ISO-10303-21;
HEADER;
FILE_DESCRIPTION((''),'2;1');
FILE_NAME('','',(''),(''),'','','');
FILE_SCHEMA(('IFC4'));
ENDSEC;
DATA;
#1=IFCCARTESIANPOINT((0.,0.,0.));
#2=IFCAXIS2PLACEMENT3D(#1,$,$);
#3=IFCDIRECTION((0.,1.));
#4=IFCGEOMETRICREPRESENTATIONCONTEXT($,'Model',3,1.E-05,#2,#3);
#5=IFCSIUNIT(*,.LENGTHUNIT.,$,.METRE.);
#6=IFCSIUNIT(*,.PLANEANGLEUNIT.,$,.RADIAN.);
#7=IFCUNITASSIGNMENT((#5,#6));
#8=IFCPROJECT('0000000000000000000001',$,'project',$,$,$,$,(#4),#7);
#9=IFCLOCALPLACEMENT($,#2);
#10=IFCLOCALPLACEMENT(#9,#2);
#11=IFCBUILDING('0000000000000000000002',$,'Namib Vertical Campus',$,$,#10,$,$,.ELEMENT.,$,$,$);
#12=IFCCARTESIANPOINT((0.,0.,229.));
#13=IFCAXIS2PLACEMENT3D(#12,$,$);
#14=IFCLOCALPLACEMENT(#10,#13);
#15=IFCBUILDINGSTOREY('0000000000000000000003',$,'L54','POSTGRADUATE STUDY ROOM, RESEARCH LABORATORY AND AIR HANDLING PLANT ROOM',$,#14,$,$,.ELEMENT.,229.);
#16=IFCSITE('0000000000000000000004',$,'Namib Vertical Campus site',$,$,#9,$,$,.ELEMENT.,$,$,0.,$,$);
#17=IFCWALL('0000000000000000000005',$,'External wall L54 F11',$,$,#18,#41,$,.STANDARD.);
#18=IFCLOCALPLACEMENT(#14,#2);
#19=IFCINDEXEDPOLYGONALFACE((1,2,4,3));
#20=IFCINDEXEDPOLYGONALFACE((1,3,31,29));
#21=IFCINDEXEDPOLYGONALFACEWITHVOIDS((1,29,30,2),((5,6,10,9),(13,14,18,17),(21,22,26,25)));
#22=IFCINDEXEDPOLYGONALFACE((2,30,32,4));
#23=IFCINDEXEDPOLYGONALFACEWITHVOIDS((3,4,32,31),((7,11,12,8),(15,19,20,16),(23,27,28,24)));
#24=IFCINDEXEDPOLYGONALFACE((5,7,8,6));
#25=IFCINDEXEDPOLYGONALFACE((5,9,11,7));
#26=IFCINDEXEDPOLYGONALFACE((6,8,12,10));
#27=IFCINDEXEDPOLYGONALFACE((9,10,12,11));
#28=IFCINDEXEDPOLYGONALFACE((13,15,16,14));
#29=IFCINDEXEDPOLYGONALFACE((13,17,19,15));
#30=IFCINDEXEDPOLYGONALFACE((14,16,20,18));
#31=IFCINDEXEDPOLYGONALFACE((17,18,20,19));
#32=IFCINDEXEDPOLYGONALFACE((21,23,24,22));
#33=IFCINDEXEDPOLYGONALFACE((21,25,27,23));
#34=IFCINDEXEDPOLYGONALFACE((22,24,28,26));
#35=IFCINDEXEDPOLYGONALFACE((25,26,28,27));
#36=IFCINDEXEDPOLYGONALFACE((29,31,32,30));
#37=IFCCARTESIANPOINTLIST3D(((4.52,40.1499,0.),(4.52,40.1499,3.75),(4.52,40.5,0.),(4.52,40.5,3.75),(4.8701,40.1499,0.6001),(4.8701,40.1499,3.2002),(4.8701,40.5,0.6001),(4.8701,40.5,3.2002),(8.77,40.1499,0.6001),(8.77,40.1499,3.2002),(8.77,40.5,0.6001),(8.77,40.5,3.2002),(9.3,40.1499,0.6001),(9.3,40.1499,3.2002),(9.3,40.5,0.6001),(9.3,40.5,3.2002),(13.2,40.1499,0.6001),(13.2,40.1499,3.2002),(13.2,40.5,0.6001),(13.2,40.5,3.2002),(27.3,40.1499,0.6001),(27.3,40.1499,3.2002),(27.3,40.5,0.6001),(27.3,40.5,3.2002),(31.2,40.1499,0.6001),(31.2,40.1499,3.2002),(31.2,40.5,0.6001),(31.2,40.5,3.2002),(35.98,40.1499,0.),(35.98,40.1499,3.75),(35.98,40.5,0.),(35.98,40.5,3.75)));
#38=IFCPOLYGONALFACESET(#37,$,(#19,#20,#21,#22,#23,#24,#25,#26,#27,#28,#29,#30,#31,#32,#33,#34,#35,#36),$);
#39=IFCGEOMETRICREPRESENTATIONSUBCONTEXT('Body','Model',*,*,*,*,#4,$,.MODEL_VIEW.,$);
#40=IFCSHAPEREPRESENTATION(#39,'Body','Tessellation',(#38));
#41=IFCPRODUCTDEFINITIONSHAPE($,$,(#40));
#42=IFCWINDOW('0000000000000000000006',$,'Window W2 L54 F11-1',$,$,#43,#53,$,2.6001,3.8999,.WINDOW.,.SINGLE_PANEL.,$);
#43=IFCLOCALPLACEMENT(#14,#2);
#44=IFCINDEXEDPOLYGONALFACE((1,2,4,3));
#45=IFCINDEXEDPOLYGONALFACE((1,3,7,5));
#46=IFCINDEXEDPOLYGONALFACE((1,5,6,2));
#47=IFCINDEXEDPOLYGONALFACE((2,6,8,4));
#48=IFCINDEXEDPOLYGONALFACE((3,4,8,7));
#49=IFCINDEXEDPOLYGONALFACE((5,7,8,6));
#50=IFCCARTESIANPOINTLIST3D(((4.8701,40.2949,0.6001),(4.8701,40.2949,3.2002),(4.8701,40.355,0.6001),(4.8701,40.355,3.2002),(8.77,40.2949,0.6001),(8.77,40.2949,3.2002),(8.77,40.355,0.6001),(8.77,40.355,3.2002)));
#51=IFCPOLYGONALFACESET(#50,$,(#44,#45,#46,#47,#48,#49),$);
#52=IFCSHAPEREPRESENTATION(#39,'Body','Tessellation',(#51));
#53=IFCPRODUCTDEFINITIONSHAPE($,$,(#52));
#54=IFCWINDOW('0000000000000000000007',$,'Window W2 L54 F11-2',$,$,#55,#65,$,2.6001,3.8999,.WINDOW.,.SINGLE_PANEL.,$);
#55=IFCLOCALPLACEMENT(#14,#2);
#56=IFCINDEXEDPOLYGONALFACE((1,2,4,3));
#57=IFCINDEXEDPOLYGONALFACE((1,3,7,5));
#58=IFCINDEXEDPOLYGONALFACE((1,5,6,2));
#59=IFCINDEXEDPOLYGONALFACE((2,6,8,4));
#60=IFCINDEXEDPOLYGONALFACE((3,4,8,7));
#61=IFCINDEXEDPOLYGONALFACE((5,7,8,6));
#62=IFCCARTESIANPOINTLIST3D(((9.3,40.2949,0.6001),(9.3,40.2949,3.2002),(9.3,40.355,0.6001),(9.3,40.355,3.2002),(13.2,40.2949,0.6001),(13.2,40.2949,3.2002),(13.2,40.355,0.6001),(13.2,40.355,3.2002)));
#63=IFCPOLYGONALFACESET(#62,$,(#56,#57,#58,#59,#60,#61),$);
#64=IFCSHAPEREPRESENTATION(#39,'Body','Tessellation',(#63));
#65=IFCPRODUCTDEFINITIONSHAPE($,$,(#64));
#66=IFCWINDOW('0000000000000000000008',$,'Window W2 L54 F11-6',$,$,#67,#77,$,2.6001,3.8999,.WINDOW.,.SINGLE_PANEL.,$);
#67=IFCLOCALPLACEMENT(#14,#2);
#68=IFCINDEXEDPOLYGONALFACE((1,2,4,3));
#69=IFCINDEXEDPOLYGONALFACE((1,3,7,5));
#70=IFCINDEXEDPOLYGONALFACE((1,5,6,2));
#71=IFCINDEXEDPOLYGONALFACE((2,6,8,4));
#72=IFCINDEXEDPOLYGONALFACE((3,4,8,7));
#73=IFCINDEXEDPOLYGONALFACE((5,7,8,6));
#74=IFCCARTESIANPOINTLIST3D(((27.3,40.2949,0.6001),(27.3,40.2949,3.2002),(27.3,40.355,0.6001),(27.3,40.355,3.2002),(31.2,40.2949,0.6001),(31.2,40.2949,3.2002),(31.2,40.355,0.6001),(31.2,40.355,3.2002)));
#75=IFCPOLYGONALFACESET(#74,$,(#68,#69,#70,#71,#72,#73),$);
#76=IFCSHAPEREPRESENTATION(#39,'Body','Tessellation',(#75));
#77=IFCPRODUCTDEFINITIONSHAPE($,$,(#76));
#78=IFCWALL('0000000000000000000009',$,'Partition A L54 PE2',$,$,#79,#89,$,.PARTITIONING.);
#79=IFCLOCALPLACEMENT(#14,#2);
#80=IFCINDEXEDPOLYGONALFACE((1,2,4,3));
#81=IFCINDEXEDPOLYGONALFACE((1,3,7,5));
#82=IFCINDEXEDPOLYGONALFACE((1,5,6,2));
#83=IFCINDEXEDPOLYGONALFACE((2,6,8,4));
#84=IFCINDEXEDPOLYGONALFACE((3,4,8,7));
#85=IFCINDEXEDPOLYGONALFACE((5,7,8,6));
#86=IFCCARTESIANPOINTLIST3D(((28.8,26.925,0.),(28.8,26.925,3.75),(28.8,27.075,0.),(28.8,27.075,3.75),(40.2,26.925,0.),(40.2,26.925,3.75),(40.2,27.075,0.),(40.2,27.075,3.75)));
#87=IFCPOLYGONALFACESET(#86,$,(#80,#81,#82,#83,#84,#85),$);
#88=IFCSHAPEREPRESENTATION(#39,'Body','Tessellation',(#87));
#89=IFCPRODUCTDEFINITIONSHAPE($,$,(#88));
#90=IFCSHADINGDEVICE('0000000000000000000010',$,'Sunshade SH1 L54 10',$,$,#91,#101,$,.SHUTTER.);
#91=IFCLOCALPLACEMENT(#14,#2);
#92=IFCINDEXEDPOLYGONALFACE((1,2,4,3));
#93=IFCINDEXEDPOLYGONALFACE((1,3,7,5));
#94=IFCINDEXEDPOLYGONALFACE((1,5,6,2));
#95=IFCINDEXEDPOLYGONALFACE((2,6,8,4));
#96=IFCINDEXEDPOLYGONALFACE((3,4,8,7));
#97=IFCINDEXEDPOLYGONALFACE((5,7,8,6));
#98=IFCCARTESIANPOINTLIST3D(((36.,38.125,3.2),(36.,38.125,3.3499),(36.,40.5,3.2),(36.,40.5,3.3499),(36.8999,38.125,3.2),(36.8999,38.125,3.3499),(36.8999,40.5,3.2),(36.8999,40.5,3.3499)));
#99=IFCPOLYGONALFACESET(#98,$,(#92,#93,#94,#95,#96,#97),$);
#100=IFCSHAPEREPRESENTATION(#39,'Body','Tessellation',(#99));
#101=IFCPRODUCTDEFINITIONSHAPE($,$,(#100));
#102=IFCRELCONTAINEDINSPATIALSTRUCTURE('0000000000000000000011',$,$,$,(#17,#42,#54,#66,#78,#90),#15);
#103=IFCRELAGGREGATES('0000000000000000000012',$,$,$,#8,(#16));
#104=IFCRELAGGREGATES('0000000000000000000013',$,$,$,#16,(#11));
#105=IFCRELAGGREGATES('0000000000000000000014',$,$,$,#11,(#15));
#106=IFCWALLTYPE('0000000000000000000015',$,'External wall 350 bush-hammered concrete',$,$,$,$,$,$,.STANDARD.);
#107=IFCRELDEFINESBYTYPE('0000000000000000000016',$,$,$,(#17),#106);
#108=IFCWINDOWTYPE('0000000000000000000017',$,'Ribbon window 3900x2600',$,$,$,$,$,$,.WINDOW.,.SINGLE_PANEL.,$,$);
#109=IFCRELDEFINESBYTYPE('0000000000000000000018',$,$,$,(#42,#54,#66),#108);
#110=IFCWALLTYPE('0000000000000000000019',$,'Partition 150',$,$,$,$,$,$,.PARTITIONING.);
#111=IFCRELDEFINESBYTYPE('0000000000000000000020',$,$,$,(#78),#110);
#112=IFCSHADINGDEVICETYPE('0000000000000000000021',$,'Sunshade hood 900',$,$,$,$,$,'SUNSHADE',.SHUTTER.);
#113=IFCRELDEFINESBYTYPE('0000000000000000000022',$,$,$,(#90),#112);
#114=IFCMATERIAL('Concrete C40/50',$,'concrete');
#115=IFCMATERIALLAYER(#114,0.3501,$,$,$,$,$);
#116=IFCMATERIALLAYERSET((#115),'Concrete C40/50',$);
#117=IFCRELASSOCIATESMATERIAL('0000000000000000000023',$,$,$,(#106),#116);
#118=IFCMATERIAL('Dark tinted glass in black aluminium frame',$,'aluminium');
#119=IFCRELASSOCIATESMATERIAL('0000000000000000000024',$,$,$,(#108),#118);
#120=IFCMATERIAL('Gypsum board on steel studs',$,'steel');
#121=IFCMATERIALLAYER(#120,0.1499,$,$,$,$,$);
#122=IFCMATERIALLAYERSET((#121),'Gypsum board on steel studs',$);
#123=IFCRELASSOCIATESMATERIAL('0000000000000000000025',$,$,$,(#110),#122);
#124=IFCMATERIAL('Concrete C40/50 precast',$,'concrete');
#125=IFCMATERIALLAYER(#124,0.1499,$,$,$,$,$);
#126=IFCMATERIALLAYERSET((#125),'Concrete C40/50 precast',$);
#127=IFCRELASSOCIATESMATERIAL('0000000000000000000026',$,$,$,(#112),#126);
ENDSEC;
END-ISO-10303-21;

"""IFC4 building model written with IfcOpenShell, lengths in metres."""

from ifc_helpers import new_model, si_unit, direction, frame, frame_2d, origin, origin_2d, place, context, subcontext, project, spatial, rectangle, extrude, material, layer, layer_set, type_object, element, fill, save


model = new_model("IFC4")

# Units and contexts
model_context = context("Model", 3, precision=1e-05, world=origin(), true_north=direction((0.0, 1.0)))
body_context = subcontext(model_context, "Body", "Model", "MODEL_VIEW")
ifc_project = project(units=[si_unit("LENGTHUNIT", "METRE"), si_unit("PLANEANGLEUNIT", "RADIAN")], contexts=[model_context])

# Site, building, storey
site_placement = place(None, origin())
site = spatial("IfcSite", under=ifc_project, at=site_placement, Name="Namib Vertical Campus site", CompositionType="ELEMENT", RefElevation=0.0)
building_placement = place(site_placement, origin())
building = spatial("IfcBuilding", under=site, at=building_placement, Name="Namib Vertical Campus", CompositionType="ELEMENT")
storey_placement = place(building_placement, frame((0.0, 0.0, 229.0)))
storey = spatial("IfcBuildingStorey", under=building, at=storey_placement, Name="L54", Description="POSTGRADUATE STUDY ROOM, RESEARCH LABORATORY AND AIR HANDLING PLANT ROOM", CompositionType="ELEMENT", Elevation=229.0)

# Shared definitions
ifc_material_1 = material(Name="Concrete C40/50", Category="concrete")
ifc_layer_1 = layer(ifc_material_1, 0.3501)
ifc_layer_set_1 = layer_set([ifc_layer_1], Name="Concrete C40/50")
wall_type_1 = type_object("IfcWallType", Name="External wall 350 bush-hammered concrete", PredefinedType="STANDARD", material=ifc_layer_set_1)

# Wall, openings, windows
wall_1_placement = place(storey_placement, frame((35.98, 40.325, 0.0), z_axis=(0.0, 0.0, 1.0), x_axis=(-1.0, 0.0, 0.0)))
wall_1 = element("IfcWall", 1, at=wall_1_placement, inside=storey, type_object=wall_type_1, Name="External wall L54 F11", PredefinedType="STANDARD", context=body_context, shape_type="SweptSolid", body=[
    extrude(rectangle(XDim=31.46, YDim=0.3501, at=frame_2d((15.73, 0.0))), origin(), (0.0, 0.0, 1.0), 3.75),
])
opening_1_placement = place(wall_1_placement, frame((27.21, 0.0, 0.6001)))
opening_1 = element("IfcOpeningElement", 2, at=opening_1_placement, cuts=wall_1, PredefinedType="OPENING", context=body_context, shape_type="SweptSolid", body=[
    extrude(rectangle(XDim=3.8999, YDim=2.6001, at=frame_2d((1.95, 1.3))), frame((0.0, 0.1851, 0.0), z_axis=(0.0, -1.0, 0.0), x_axis=(1.0, 0.0, 0.0)), (0.0, 0.0, 1.0), 0.3701),
])
opening_2_placement = place(wall_1_placement, frame((22.78, 0.0, 0.6001)))
opening_2 = element("IfcOpeningElement", 3, at=opening_2_placement, cuts=wall_1, PredefinedType="OPENING", context=body_context, shape_type="SweptSolid", body=[
    extrude(rectangle(XDim=3.8999, YDim=2.6001, at=frame_2d((1.95, 1.3))), frame((0.0, 0.1851, 0.0), z_axis=(0.0, -1.0, 0.0), x_axis=(1.0, 0.0, 0.0)), (0.0, 0.0, 1.0), 0.3701),
])
opening_3_placement = place(wall_1_placement, frame((4.78, 0.0, 0.6001)))
opening_3 = element("IfcOpeningElement", 4, at=opening_3_placement, cuts=wall_1, PredefinedType="OPENING", context=body_context, shape_type="SweptSolid", body=[
    extrude(rectangle(XDim=3.8999, YDim=2.6001, at=frame_2d((1.95, 1.3))), frame((0.0, 0.1851, 0.0), z_axis=(0.0, -1.0, 0.0), x_axis=(1.0, 0.0, 0.0)), (0.0, 0.0, 1.0), 0.3701),
])
ifc_material_2 = material(Name="Dark tinted glass in black aluminium frame", Category="aluminium")
window_type = type_object("IfcWindowType", Name="Ribbon window 3900x2600", PartitioningType="SINGLE_PANEL", PredefinedType="WINDOW", material=ifc_material_2)
window_1_placement = place(opening_1_placement, origin())
window_1 = element("IfcWindow", 5, at=window_1_placement, inside=storey, type_object=window_type, Name="Window W2 L54 F11-1", OverallHeight=2.6001, OverallWidth=3.8999, PartitioningType="SINGLE_PANEL", PredefinedType="WINDOW", context=body_context, shape_type="SweptSolid", body=[
    extrude(rectangle(XDim=3.8999, YDim=2.6001, at=frame_2d((1.95, 1.3))), frame((0.0, 0.03, 0.0), z_axis=(0.0, -1.0, 0.0), x_axis=(1.0, 0.0, 0.0)), (0.0, 0.0, 1.0), 0.0601),
])
fill(opening_1, window_1)
window_2_placement = place(opening_2_placement, origin())
window_2 = element("IfcWindow", 6, at=window_2_placement, inside=storey, type_object=window_type, Name="Window W2 L54 F11-2", OverallHeight=2.6001, OverallWidth=3.8999, PartitioningType="SINGLE_PANEL", PredefinedType="WINDOW", context=body_context, shape_type="SweptSolid", body=[
    extrude(rectangle(XDim=3.8999, YDim=2.6001, at=frame_2d((1.95, 1.3))), frame((0.0, 0.03, 0.0), z_axis=(0.0, -1.0, 0.0), x_axis=(1.0, 0.0, 0.0)), (0.0, 0.0, 1.0), 0.0601),
])
fill(opening_2, window_2)
window_3_placement = place(opening_3_placement, origin())
window_3 = element("IfcWindow", 7, at=window_3_placement, inside=storey, type_object=window_type, Name="Window W2 L54 F11-6", OverallHeight=2.6001, OverallWidth=3.8999, PartitioningType="SINGLE_PANEL", PredefinedType="WINDOW", context=body_context, shape_type="SweptSolid", body=[
    extrude(rectangle(XDim=3.8999, YDim=2.6001, at=frame_2d((1.95, 1.3))), frame((0.0, 0.03, 0.0), z_axis=(0.0, -1.0, 0.0), x_axis=(1.0, 0.0, 0.0)), (0.0, 0.0, 1.0), 0.0601),
])
fill(opening_3, window_3)

# Wall
ifc_material_3 = material(Name="Gypsum board on steel studs", Category="steel")
ifc_layer_2 = layer(ifc_material_3, 0.1499)
ifc_layer_set_2 = layer_set([ifc_layer_2], Name="Gypsum board on steel studs")
wall_type_2 = type_object("IfcWallType", Name="Partition 150", PredefinedType="PARTITIONING", material=ifc_layer_set_2)
wall_2_placement = place(storey_placement, frame((28.8, 27.0, 0.0), z_axis=(0.0, 0.0, 1.0), x_axis=(1.0, 0.0, 0.0)))
element("IfcWall", 8, at=wall_2_placement, inside=storey, type_object=wall_type_2, Name="Partition A L54 PE2", PredefinedType="PARTITIONING", context=body_context, shape_type="SweptSolid", body=[
    extrude(rectangle(XDim=11.3999, YDim=0.1499, at=frame_2d((5.7, 0.0))), origin(), (0.0, 0.0, 1.0), 3.75),
])

# Shading device
ifc_material_4 = material(Name="Concrete C40/50 precast", Category="concrete")
ifc_layer_3 = layer(ifc_material_4, 0.1499)
ifc_layer_set_3 = layer_set([ifc_layer_3], Name="Concrete C40/50 precast")
shading_device_type = type_object("IfcShadingDeviceType", Name="Sunshade hood 900", ElementType="SUNSHADE", PredefinedType="SHUTTER", material=ifc_layer_set_3)
shading_device_placement = place(storey_placement, frame((36.45, 39.3125, 3.2), z_axis=(0.0, 0.0, 1.0), x_axis=(0.0, 1.0, 0.0)))
element("IfcShadingDevice", 9, at=shading_device_placement, inside=storey, type_object=shading_device_type, Name="Sunshade SH1 L54 10", PredefinedType="SHUTTER", context=body_context, shape_type="SweptSolid", body=[
    extrude(rectangle(XDim=2.375, YDim=0.8999, at=origin_2d()), origin(), (0.0, 0.0, 1.0), 0.1499),
])

save(model, "model.ifc")
